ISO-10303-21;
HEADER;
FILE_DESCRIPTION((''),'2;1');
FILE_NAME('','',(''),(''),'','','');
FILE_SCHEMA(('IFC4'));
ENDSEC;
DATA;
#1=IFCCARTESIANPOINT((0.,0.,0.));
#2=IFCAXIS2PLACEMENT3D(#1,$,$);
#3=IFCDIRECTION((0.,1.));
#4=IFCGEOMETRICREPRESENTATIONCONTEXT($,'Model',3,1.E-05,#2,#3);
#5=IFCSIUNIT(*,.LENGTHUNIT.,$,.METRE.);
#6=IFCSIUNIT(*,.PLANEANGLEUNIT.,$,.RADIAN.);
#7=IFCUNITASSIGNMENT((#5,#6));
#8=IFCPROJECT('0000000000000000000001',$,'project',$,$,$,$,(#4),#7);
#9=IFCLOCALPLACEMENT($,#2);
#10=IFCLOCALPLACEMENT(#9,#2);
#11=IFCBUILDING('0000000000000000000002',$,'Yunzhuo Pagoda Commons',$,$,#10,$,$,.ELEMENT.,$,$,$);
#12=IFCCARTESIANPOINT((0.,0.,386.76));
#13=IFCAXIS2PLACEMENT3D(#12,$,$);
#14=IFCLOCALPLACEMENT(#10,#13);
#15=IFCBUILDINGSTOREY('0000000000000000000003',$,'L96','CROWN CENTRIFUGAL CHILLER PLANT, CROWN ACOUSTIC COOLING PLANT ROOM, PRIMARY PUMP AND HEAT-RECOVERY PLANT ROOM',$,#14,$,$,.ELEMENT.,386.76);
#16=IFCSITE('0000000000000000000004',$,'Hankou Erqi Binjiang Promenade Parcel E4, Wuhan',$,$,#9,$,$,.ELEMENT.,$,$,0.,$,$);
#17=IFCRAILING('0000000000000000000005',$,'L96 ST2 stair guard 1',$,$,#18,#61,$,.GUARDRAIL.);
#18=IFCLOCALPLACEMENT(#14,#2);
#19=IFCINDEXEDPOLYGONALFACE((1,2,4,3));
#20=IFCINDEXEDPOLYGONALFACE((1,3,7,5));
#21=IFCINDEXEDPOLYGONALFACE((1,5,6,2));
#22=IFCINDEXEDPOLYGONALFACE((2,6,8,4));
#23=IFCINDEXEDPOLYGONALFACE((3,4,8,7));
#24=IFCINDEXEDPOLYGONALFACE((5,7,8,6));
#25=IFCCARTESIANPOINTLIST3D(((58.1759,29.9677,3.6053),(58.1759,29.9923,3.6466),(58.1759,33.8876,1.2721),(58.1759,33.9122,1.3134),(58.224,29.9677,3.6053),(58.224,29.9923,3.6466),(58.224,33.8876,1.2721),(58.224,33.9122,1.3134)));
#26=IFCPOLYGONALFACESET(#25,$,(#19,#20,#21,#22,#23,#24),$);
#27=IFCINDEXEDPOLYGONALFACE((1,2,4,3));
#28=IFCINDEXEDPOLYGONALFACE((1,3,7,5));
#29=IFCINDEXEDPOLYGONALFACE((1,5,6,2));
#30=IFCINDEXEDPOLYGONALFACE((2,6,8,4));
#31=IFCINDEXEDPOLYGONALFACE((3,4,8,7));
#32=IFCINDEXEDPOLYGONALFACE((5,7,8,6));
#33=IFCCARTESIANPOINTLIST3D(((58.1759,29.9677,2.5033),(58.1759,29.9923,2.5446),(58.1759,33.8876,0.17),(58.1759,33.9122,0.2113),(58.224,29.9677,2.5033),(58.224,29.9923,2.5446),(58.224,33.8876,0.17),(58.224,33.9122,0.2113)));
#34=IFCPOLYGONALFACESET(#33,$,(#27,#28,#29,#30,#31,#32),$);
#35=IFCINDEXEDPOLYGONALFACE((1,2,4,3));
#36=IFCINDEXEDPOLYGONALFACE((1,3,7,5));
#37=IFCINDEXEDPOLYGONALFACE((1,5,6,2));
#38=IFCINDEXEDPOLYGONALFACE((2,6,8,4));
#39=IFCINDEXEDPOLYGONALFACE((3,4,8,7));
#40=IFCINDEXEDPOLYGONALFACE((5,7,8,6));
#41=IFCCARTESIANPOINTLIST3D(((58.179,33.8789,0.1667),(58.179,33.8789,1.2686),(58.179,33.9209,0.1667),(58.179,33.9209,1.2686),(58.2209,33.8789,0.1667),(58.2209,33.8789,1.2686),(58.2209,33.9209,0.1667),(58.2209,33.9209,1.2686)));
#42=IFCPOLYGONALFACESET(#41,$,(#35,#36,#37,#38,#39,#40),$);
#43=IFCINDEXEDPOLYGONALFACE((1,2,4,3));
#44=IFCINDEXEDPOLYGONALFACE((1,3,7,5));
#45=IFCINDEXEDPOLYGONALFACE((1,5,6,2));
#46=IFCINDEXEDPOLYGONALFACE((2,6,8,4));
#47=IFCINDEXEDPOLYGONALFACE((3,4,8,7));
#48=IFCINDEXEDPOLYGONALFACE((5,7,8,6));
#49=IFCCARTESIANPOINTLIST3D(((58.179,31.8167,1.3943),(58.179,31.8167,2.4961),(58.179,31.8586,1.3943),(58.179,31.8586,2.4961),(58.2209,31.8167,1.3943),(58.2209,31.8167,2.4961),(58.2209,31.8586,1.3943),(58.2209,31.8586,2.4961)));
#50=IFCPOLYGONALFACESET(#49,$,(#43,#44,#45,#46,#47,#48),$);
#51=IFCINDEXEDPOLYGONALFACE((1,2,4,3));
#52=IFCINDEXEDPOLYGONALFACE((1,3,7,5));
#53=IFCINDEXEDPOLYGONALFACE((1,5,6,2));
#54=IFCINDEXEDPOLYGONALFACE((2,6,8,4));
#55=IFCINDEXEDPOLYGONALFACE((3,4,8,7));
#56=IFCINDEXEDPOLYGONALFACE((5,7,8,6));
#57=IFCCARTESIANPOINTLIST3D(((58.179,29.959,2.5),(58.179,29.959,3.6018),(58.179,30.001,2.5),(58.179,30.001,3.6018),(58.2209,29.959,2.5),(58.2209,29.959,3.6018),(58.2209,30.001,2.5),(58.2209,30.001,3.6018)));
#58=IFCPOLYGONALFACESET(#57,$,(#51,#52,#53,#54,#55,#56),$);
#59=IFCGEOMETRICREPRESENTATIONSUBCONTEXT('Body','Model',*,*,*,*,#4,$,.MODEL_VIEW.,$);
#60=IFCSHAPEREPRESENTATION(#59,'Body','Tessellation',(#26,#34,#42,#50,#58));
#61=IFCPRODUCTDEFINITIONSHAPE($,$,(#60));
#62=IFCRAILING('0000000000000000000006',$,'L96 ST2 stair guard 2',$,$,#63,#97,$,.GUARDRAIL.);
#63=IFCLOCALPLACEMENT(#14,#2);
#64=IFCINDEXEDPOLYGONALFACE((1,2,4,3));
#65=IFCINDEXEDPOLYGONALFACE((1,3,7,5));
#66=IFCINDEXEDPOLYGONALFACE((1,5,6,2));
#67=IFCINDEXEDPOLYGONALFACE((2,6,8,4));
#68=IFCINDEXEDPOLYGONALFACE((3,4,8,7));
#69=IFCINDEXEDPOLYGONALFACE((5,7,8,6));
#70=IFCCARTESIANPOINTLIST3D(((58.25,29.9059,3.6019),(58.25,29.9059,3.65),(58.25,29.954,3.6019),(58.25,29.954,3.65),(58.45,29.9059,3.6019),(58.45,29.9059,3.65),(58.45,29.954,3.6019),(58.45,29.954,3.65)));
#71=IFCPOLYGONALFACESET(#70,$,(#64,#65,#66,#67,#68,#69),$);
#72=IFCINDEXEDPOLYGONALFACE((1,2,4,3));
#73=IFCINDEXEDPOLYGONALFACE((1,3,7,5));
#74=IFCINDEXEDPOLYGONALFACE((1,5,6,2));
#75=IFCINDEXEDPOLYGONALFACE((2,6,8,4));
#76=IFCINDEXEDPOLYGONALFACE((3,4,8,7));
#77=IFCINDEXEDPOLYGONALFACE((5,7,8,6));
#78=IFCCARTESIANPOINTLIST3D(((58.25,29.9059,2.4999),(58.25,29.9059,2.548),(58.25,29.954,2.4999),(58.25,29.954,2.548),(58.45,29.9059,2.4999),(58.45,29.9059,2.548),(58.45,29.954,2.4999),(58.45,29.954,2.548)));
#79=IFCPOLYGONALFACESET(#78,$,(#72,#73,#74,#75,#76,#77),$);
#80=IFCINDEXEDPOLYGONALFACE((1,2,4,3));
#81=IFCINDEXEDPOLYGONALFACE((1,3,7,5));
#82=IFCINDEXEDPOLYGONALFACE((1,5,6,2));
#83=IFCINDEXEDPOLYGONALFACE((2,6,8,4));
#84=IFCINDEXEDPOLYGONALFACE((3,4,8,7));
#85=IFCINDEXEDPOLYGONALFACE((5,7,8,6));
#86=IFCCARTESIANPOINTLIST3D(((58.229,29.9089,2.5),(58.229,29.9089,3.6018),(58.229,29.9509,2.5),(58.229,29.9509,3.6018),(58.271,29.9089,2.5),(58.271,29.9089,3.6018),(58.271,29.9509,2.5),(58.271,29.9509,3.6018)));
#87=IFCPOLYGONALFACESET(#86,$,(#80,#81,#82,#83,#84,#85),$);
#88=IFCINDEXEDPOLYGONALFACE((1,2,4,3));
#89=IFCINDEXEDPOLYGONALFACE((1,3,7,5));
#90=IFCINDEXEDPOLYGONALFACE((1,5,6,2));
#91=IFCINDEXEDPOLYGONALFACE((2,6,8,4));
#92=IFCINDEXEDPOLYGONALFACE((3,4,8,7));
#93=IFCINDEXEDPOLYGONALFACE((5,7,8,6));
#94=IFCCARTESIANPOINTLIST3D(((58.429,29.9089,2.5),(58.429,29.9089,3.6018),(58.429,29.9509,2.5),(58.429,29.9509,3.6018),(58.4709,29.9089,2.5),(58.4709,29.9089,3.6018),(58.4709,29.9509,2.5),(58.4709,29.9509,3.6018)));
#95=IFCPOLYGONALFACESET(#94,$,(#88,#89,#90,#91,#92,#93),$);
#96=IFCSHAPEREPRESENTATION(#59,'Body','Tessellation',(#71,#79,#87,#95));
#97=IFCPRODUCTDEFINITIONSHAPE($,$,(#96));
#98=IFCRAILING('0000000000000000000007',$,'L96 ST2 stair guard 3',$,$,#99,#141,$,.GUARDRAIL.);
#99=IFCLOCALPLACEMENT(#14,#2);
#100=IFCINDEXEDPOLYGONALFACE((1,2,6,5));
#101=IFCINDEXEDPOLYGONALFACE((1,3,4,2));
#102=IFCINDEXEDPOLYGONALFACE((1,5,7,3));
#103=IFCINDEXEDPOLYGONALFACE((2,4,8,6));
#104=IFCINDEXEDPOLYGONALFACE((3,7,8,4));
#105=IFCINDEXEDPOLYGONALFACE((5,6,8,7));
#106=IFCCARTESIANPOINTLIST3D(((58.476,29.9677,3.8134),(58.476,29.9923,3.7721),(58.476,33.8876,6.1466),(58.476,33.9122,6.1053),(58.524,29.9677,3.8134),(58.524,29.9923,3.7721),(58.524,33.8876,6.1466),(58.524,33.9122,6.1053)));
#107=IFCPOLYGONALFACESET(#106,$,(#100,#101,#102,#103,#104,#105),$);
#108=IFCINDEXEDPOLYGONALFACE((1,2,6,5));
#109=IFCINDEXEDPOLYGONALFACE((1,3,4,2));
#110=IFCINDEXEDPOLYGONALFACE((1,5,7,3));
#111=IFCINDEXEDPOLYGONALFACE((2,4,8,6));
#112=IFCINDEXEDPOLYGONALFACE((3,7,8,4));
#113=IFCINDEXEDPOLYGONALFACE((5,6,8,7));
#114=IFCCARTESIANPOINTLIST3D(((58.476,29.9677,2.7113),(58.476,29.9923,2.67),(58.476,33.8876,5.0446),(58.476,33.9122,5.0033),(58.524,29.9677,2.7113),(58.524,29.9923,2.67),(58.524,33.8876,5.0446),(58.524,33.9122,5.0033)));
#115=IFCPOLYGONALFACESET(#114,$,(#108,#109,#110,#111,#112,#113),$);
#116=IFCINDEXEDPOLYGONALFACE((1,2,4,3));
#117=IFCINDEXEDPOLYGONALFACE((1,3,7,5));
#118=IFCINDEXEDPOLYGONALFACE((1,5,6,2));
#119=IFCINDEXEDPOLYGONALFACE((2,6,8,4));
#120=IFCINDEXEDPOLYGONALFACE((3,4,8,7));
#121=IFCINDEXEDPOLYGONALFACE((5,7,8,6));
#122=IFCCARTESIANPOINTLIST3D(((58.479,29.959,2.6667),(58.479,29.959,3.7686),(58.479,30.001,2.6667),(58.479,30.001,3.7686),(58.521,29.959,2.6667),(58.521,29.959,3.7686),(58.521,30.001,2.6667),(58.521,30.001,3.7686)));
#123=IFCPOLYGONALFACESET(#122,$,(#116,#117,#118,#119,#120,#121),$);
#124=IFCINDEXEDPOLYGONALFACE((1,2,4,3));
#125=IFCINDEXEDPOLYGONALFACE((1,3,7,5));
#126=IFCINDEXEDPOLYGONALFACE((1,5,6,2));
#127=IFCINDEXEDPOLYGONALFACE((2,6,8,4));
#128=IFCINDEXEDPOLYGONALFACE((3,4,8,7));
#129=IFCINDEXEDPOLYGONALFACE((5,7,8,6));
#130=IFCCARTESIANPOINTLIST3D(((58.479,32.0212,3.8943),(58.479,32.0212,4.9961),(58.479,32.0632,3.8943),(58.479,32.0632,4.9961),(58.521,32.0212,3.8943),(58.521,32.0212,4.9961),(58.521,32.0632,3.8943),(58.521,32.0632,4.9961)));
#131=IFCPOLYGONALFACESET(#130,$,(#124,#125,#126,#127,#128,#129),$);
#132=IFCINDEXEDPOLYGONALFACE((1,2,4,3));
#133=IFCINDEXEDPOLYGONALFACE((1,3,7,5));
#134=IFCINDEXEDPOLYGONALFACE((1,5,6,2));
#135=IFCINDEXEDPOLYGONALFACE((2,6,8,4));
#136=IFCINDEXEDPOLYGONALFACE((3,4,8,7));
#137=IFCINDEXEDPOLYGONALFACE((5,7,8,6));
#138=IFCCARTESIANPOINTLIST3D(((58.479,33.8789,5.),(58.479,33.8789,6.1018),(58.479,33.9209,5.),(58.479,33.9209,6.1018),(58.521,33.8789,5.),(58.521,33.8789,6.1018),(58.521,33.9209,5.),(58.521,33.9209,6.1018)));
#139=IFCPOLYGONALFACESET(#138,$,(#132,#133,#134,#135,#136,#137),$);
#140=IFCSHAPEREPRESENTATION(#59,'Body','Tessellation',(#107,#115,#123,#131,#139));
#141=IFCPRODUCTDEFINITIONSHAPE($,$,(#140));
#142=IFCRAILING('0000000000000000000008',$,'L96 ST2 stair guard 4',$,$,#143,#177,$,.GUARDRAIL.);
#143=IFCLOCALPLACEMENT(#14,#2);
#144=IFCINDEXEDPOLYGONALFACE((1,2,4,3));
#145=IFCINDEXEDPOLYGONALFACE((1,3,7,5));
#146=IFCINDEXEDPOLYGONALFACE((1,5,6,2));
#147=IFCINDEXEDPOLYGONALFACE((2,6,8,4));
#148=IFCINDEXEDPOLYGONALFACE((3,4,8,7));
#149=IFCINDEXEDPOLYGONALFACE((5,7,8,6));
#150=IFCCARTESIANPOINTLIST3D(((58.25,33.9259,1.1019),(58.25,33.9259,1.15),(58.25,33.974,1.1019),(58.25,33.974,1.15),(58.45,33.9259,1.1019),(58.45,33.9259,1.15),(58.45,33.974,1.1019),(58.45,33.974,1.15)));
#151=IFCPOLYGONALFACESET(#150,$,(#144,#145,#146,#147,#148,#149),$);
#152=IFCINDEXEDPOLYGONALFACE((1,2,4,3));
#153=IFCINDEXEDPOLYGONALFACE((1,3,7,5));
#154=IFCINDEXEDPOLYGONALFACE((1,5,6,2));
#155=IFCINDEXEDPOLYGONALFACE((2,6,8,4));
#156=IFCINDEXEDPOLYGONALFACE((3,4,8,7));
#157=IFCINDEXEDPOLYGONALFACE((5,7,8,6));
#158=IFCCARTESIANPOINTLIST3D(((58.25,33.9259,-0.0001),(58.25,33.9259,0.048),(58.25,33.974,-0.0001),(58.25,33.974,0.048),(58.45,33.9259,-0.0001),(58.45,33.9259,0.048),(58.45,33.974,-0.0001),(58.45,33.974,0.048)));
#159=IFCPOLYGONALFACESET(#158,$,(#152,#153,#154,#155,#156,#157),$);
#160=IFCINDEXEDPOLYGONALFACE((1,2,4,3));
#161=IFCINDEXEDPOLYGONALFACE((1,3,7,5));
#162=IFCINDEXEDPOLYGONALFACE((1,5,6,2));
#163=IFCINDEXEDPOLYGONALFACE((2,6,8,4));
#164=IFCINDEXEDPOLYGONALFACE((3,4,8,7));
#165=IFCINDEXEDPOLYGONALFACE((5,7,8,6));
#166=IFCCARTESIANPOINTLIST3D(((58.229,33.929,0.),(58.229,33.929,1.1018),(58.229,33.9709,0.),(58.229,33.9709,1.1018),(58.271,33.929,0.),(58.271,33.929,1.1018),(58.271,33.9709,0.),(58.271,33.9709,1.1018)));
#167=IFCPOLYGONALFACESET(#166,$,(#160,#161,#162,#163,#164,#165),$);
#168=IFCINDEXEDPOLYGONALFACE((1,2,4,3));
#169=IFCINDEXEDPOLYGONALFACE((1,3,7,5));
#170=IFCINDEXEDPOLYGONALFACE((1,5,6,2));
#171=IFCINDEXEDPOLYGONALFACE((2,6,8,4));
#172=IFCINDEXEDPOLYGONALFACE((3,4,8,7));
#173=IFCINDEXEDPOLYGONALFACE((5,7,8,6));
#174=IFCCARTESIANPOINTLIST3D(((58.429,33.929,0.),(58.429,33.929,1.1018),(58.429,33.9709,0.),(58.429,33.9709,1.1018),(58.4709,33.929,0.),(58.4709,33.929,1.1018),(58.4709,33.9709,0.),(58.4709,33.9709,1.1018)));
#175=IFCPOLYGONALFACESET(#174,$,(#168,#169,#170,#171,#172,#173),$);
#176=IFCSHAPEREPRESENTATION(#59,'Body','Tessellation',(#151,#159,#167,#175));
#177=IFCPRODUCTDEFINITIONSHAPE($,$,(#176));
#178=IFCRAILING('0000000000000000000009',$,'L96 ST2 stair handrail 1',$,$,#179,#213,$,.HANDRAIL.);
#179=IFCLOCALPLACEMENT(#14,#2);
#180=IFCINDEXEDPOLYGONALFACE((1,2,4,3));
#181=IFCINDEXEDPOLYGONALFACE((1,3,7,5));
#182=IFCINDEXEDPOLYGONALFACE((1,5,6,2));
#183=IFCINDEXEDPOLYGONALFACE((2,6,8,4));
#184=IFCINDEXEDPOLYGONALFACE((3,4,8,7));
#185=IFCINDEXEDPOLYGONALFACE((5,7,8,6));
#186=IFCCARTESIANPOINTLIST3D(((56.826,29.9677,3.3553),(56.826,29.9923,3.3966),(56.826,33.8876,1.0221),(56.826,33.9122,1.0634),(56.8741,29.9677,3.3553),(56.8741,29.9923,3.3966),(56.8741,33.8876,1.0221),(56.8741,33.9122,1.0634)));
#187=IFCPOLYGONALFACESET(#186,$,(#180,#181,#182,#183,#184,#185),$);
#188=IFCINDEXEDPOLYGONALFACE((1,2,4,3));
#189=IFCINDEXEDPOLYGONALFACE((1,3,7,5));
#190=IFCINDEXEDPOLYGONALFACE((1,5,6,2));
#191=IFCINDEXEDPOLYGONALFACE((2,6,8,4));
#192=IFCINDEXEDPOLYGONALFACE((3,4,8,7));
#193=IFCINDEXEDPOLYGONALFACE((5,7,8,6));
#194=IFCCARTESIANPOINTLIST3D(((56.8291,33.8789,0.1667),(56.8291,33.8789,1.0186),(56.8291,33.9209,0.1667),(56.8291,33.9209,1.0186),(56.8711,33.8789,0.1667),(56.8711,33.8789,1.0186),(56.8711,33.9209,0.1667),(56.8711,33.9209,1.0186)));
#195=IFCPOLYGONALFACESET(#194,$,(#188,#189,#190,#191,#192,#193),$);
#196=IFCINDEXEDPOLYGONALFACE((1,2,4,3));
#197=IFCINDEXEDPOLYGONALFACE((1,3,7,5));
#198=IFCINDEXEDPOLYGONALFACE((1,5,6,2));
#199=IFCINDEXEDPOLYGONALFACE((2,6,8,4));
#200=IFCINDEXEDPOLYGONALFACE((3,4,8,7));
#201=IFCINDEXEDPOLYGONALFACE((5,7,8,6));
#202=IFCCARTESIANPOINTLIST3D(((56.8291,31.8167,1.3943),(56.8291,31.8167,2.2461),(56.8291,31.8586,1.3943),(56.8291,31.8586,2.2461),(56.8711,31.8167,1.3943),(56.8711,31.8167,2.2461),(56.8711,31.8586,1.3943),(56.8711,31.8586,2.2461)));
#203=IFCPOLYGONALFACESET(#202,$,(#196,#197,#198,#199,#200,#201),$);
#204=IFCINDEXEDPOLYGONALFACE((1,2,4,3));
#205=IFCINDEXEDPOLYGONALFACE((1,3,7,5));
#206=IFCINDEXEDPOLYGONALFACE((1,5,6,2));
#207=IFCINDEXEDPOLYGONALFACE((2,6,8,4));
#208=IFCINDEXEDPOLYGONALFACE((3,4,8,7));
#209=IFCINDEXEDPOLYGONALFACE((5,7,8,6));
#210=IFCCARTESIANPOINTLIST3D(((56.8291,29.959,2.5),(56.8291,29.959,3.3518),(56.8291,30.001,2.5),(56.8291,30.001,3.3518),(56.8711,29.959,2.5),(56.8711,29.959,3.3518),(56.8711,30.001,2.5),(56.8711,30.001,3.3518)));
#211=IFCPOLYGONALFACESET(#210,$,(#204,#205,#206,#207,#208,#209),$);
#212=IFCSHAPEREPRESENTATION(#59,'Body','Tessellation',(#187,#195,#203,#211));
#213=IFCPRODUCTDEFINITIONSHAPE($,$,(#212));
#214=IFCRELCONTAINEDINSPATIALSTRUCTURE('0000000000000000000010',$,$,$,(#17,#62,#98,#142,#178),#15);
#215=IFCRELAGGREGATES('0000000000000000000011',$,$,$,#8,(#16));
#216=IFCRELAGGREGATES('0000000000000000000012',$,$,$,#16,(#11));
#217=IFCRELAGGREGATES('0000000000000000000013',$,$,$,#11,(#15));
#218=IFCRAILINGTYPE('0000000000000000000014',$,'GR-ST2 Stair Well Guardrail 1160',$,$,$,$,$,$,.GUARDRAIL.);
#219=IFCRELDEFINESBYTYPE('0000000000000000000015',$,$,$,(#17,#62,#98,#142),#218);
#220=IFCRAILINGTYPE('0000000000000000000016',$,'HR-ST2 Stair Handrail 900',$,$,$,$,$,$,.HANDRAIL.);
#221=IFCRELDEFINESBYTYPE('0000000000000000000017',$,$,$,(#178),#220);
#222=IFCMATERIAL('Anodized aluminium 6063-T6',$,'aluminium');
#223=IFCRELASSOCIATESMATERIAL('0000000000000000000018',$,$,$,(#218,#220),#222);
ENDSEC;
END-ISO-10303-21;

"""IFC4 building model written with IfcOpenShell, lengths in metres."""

from ifc_helpers import new_model, si_unit, direction, frame, origin, origin_2d, place, context, subcontext, project, spatial, rectangle, extrude, material, type_object, element, save


model = new_model("IFC4")

# Units and contexts
model_context = context("Model", 3, precision=1e-05, world=origin(), true_north=direction((0.0, 1.0)))
body_context = subcontext(model_context, "Body", "Model", "MODEL_VIEW")
ifc_project = project(units=[si_unit("LENGTHUNIT", "METRE"), si_unit("PLANEANGLEUNIT", "RADIAN")], contexts=[model_context])

# Site, building, storey
site_placement = place(None, origin())
site = spatial("IfcSite", under=ifc_project, at=site_placement, Name="Hankou Erqi Binjiang Promenade Parcel E4, Wuhan", CompositionType="ELEMENT", RefElevation=0.0)
building_placement = place(site_placement, origin())
building = spatial("IfcBuilding", under=site, at=building_placement, Name="Yunzhuo Pagoda Commons", CompositionType="ELEMENT")
storey_placement = place(building_placement, frame((0.0, 0.0, 386.76)))
storey = spatial("IfcBuildingStorey", under=building, at=storey_placement, Name="L96", Description="CROWN CENTRIFUGAL CHILLER PLANT, CROWN ACOUSTIC COOLING PLANT ROOM, PRIMARY PUMP AND HEAT-RECOVERY PLANT ROOM", CompositionType="ELEMENT", Elevation=386.76)

# Railings
ifc_material_1 = material(Name="Anodized aluminium 6063-T6", Category="aluminium")
railing_type_1 = type_object("IfcRailingType", Name="GR-ST2 Stair Well Guardrail 1160", PredefinedType="GUARDRAIL", material=ifc_material_1)
railing_1_placement = place(storey_placement, frame((58.2, 33.8999, 0.1667)))
element("IfcRailing", 1, at=railing_1_placement, inside=storey, type_object=railing_type_1, Name="L96 ST2 stair guard 1", PredefinedType="GUARDRAIL", context=body_context, shape_type="SweptSolid", body=[
    extrude(rectangle(XDim=0.0481, YDim=0.0481, at=origin_2d()), frame((0.0, 0.0, 1.126), z_axis=(0.0, -0.859296, 0.511478), x_axis=(1.0, 0.0, 0.0)), (0.0, 0.0, 1.0), 4.5618),
    extrude(rectangle(XDim=0.0481, YDim=0.0481, at=origin_2d()), frame((0.0, 0.0, 0.0239), z_axis=(0.0, -0.859296, 0.511478), x_axis=(1.0, 0.0, 0.0)), (0.0, 0.0, 1.0), 4.5618),
    extrude(rectangle(XDim=0.042, YDim=0.042, at=origin_2d()), origin(), (0.0, 0.0, 1.0), 1.1018),
    extrude(rectangle(XDim=0.042, YDim=0.042, at=origin_2d()), frame((0.0, -2.0623, 1.2275)), (0.0, 0.0, 1.0), 1.1018),
    extrude(rectangle(XDim=0.042, YDim=0.042, at=origin_2d()), frame((0.0, -3.9199, 2.3333)), (0.0, 0.0, 1.0), 1.1018),
])
railing_2_placement = place(storey_placement, frame((58.25, 29.9299, 2.5)))
element("IfcRailing", 2, at=railing_2_placement, inside=storey, type_object=railing_type_1, Name="L96 ST2 stair guard 2", PredefinedType="GUARDRAIL", context=body_context, shape_type="SweptSolid", body=[
    extrude(rectangle(XDim=0.0481, YDim=0.0481, at=origin_2d()), frame((0.0, 0.0, 1.126), z_axis=(1.0, 0.0, 0.0), x_axis=(0.0, 1.0, 0.0)), (0.0, 0.0, 1.0), 0.2),
    extrude(rectangle(XDim=0.0481, YDim=0.0481, at=origin_2d()), frame((0.0, 0.0, 0.0239), z_axis=(1.0, 0.0, 0.0), x_axis=(0.0, 1.0, 0.0)), (0.0, 0.0, 1.0), 0.2),
    extrude(rectangle(XDim=0.042, YDim=0.042, at=origin_2d()), origin(), (0.0, 0.0, 1.0), 1.1018),
    extrude(rectangle(XDim=0.042, YDim=0.042, at=origin_2d()), frame((0.2, 0.0, 0.0)), (0.0, 0.0, 1.0), 1.1018),
])
railing_3_placement = place(storey_placement, frame((58.5, 29.98, 2.6667)))
element("IfcRailing", 3, at=railing_3_placement, inside=storey, type_object=railing_type_1, Name="L96 ST2 stair guard 3", PredefinedType="GUARDRAIL", context=body_context, shape_type="SweptSolid", body=[
    extrude(rectangle(XDim=0.0481, YDim=0.0481, at=origin_2d()), frame((0.0, 0.0, 1.126), z_axis=(0.0, 0.859296, 0.511478), x_axis=(-1.0, 0.0, 0.0)), (0.0, 0.0, 1.0), 4.5618),
    extrude(rectangle(XDim=0.0481, YDim=0.0481, at=origin_2d()), frame((0.0, 0.0, 0.0239), z_axis=(0.0, 0.859296, 0.511478), x_axis=(-1.0, 0.0, 0.0)), (0.0, 0.0, 1.0), 4.5618),
    extrude(rectangle(XDim=0.042, YDim=0.042, at=origin_2d()), origin(), (0.0, 0.0, 1.0), 1.1018),
    extrude(rectangle(XDim=0.042, YDim=0.042, at=origin_2d()), frame((0.0, 2.0623, 1.2275)), (0.0, 0.0, 1.0), 1.1018),
    extrude(rectangle(XDim=0.042, YDim=0.042, at=origin_2d()), frame((0.0, 3.9199, 2.3333)), (0.0, 0.0, 1.0), 1.1018),
])
railing_4_placement = place(storey_placement, frame((58.25, 33.95, 0.0)))
element("IfcRailing", 4, at=railing_4_placement, inside=storey, type_object=railing_type_1, Name="L96 ST2 stair guard 4", PredefinedType="GUARDRAIL", context=body_context, shape_type="SweptSolid", body=[
    extrude(rectangle(XDim=0.0481, YDim=0.0481, at=origin_2d()), frame((0.0, 0.0, 1.126), z_axis=(1.0, 0.0, 0.0), x_axis=(0.0, 1.0, 0.0)), (0.0, 0.0, 1.0), 0.2),
    extrude(rectangle(XDim=0.0481, YDim=0.0481, at=origin_2d()), frame((0.0, 0.0, 0.0239), z_axis=(1.0, 0.0, 0.0), x_axis=(0.0, 1.0, 0.0)), (0.0, 0.0, 1.0), 0.2),
    extrude(rectangle(XDim=0.042, YDim=0.042, at=origin_2d()), origin(), (0.0, 0.0, 1.0), 1.1018),
    extrude(rectangle(XDim=0.042, YDim=0.042, at=origin_2d()), frame((0.2, 0.0, 0.0)), (0.0, 0.0, 1.0), 1.1018),
])
railing_type_2 = type_object("IfcRailingType", Name="HR-ST2 Stair Handrail 900", PredefinedType="HANDRAIL", material=ifc_material_1)
railing_5_placement = place(storey_placement, frame((56.8501, 33.8999, 0.1667)))
element("IfcRailing", 5, at=railing_5_placement, inside=storey, type_object=railing_type_2, Name="L96 ST2 stair handrail 1", PredefinedType="HANDRAIL", context=body_context, shape_type="SweptSolid", body=[
    extrude(rectangle(XDim=0.0481, YDim=0.0481, at=origin_2d()), frame((0.0, 0.0, 0.876), z_axis=(0.0, -0.859296, 0.511478), x_axis=(1.0, 0.0, 0.0)), (0.0, 0.0, 1.0), 4.5618),
    extrude(rectangle(XDim=0.042, YDim=0.042, at=origin_2d()), origin(), (0.0, 0.0, 1.0), 0.8518),
    extrude(rectangle(XDim=0.042, YDim=0.042, at=origin_2d()), frame((0.0, -2.0623, 1.2275)), (0.0, 0.0, 1.0), 0.8518),
    extrude(rectangle(XDim=0.042, YDim=0.042, at=origin_2d()), frame((0.0, -3.9199, 2.3333)), (0.0, 0.0, 1.0), 0.8518),
])

save(model, "model.ifc")
